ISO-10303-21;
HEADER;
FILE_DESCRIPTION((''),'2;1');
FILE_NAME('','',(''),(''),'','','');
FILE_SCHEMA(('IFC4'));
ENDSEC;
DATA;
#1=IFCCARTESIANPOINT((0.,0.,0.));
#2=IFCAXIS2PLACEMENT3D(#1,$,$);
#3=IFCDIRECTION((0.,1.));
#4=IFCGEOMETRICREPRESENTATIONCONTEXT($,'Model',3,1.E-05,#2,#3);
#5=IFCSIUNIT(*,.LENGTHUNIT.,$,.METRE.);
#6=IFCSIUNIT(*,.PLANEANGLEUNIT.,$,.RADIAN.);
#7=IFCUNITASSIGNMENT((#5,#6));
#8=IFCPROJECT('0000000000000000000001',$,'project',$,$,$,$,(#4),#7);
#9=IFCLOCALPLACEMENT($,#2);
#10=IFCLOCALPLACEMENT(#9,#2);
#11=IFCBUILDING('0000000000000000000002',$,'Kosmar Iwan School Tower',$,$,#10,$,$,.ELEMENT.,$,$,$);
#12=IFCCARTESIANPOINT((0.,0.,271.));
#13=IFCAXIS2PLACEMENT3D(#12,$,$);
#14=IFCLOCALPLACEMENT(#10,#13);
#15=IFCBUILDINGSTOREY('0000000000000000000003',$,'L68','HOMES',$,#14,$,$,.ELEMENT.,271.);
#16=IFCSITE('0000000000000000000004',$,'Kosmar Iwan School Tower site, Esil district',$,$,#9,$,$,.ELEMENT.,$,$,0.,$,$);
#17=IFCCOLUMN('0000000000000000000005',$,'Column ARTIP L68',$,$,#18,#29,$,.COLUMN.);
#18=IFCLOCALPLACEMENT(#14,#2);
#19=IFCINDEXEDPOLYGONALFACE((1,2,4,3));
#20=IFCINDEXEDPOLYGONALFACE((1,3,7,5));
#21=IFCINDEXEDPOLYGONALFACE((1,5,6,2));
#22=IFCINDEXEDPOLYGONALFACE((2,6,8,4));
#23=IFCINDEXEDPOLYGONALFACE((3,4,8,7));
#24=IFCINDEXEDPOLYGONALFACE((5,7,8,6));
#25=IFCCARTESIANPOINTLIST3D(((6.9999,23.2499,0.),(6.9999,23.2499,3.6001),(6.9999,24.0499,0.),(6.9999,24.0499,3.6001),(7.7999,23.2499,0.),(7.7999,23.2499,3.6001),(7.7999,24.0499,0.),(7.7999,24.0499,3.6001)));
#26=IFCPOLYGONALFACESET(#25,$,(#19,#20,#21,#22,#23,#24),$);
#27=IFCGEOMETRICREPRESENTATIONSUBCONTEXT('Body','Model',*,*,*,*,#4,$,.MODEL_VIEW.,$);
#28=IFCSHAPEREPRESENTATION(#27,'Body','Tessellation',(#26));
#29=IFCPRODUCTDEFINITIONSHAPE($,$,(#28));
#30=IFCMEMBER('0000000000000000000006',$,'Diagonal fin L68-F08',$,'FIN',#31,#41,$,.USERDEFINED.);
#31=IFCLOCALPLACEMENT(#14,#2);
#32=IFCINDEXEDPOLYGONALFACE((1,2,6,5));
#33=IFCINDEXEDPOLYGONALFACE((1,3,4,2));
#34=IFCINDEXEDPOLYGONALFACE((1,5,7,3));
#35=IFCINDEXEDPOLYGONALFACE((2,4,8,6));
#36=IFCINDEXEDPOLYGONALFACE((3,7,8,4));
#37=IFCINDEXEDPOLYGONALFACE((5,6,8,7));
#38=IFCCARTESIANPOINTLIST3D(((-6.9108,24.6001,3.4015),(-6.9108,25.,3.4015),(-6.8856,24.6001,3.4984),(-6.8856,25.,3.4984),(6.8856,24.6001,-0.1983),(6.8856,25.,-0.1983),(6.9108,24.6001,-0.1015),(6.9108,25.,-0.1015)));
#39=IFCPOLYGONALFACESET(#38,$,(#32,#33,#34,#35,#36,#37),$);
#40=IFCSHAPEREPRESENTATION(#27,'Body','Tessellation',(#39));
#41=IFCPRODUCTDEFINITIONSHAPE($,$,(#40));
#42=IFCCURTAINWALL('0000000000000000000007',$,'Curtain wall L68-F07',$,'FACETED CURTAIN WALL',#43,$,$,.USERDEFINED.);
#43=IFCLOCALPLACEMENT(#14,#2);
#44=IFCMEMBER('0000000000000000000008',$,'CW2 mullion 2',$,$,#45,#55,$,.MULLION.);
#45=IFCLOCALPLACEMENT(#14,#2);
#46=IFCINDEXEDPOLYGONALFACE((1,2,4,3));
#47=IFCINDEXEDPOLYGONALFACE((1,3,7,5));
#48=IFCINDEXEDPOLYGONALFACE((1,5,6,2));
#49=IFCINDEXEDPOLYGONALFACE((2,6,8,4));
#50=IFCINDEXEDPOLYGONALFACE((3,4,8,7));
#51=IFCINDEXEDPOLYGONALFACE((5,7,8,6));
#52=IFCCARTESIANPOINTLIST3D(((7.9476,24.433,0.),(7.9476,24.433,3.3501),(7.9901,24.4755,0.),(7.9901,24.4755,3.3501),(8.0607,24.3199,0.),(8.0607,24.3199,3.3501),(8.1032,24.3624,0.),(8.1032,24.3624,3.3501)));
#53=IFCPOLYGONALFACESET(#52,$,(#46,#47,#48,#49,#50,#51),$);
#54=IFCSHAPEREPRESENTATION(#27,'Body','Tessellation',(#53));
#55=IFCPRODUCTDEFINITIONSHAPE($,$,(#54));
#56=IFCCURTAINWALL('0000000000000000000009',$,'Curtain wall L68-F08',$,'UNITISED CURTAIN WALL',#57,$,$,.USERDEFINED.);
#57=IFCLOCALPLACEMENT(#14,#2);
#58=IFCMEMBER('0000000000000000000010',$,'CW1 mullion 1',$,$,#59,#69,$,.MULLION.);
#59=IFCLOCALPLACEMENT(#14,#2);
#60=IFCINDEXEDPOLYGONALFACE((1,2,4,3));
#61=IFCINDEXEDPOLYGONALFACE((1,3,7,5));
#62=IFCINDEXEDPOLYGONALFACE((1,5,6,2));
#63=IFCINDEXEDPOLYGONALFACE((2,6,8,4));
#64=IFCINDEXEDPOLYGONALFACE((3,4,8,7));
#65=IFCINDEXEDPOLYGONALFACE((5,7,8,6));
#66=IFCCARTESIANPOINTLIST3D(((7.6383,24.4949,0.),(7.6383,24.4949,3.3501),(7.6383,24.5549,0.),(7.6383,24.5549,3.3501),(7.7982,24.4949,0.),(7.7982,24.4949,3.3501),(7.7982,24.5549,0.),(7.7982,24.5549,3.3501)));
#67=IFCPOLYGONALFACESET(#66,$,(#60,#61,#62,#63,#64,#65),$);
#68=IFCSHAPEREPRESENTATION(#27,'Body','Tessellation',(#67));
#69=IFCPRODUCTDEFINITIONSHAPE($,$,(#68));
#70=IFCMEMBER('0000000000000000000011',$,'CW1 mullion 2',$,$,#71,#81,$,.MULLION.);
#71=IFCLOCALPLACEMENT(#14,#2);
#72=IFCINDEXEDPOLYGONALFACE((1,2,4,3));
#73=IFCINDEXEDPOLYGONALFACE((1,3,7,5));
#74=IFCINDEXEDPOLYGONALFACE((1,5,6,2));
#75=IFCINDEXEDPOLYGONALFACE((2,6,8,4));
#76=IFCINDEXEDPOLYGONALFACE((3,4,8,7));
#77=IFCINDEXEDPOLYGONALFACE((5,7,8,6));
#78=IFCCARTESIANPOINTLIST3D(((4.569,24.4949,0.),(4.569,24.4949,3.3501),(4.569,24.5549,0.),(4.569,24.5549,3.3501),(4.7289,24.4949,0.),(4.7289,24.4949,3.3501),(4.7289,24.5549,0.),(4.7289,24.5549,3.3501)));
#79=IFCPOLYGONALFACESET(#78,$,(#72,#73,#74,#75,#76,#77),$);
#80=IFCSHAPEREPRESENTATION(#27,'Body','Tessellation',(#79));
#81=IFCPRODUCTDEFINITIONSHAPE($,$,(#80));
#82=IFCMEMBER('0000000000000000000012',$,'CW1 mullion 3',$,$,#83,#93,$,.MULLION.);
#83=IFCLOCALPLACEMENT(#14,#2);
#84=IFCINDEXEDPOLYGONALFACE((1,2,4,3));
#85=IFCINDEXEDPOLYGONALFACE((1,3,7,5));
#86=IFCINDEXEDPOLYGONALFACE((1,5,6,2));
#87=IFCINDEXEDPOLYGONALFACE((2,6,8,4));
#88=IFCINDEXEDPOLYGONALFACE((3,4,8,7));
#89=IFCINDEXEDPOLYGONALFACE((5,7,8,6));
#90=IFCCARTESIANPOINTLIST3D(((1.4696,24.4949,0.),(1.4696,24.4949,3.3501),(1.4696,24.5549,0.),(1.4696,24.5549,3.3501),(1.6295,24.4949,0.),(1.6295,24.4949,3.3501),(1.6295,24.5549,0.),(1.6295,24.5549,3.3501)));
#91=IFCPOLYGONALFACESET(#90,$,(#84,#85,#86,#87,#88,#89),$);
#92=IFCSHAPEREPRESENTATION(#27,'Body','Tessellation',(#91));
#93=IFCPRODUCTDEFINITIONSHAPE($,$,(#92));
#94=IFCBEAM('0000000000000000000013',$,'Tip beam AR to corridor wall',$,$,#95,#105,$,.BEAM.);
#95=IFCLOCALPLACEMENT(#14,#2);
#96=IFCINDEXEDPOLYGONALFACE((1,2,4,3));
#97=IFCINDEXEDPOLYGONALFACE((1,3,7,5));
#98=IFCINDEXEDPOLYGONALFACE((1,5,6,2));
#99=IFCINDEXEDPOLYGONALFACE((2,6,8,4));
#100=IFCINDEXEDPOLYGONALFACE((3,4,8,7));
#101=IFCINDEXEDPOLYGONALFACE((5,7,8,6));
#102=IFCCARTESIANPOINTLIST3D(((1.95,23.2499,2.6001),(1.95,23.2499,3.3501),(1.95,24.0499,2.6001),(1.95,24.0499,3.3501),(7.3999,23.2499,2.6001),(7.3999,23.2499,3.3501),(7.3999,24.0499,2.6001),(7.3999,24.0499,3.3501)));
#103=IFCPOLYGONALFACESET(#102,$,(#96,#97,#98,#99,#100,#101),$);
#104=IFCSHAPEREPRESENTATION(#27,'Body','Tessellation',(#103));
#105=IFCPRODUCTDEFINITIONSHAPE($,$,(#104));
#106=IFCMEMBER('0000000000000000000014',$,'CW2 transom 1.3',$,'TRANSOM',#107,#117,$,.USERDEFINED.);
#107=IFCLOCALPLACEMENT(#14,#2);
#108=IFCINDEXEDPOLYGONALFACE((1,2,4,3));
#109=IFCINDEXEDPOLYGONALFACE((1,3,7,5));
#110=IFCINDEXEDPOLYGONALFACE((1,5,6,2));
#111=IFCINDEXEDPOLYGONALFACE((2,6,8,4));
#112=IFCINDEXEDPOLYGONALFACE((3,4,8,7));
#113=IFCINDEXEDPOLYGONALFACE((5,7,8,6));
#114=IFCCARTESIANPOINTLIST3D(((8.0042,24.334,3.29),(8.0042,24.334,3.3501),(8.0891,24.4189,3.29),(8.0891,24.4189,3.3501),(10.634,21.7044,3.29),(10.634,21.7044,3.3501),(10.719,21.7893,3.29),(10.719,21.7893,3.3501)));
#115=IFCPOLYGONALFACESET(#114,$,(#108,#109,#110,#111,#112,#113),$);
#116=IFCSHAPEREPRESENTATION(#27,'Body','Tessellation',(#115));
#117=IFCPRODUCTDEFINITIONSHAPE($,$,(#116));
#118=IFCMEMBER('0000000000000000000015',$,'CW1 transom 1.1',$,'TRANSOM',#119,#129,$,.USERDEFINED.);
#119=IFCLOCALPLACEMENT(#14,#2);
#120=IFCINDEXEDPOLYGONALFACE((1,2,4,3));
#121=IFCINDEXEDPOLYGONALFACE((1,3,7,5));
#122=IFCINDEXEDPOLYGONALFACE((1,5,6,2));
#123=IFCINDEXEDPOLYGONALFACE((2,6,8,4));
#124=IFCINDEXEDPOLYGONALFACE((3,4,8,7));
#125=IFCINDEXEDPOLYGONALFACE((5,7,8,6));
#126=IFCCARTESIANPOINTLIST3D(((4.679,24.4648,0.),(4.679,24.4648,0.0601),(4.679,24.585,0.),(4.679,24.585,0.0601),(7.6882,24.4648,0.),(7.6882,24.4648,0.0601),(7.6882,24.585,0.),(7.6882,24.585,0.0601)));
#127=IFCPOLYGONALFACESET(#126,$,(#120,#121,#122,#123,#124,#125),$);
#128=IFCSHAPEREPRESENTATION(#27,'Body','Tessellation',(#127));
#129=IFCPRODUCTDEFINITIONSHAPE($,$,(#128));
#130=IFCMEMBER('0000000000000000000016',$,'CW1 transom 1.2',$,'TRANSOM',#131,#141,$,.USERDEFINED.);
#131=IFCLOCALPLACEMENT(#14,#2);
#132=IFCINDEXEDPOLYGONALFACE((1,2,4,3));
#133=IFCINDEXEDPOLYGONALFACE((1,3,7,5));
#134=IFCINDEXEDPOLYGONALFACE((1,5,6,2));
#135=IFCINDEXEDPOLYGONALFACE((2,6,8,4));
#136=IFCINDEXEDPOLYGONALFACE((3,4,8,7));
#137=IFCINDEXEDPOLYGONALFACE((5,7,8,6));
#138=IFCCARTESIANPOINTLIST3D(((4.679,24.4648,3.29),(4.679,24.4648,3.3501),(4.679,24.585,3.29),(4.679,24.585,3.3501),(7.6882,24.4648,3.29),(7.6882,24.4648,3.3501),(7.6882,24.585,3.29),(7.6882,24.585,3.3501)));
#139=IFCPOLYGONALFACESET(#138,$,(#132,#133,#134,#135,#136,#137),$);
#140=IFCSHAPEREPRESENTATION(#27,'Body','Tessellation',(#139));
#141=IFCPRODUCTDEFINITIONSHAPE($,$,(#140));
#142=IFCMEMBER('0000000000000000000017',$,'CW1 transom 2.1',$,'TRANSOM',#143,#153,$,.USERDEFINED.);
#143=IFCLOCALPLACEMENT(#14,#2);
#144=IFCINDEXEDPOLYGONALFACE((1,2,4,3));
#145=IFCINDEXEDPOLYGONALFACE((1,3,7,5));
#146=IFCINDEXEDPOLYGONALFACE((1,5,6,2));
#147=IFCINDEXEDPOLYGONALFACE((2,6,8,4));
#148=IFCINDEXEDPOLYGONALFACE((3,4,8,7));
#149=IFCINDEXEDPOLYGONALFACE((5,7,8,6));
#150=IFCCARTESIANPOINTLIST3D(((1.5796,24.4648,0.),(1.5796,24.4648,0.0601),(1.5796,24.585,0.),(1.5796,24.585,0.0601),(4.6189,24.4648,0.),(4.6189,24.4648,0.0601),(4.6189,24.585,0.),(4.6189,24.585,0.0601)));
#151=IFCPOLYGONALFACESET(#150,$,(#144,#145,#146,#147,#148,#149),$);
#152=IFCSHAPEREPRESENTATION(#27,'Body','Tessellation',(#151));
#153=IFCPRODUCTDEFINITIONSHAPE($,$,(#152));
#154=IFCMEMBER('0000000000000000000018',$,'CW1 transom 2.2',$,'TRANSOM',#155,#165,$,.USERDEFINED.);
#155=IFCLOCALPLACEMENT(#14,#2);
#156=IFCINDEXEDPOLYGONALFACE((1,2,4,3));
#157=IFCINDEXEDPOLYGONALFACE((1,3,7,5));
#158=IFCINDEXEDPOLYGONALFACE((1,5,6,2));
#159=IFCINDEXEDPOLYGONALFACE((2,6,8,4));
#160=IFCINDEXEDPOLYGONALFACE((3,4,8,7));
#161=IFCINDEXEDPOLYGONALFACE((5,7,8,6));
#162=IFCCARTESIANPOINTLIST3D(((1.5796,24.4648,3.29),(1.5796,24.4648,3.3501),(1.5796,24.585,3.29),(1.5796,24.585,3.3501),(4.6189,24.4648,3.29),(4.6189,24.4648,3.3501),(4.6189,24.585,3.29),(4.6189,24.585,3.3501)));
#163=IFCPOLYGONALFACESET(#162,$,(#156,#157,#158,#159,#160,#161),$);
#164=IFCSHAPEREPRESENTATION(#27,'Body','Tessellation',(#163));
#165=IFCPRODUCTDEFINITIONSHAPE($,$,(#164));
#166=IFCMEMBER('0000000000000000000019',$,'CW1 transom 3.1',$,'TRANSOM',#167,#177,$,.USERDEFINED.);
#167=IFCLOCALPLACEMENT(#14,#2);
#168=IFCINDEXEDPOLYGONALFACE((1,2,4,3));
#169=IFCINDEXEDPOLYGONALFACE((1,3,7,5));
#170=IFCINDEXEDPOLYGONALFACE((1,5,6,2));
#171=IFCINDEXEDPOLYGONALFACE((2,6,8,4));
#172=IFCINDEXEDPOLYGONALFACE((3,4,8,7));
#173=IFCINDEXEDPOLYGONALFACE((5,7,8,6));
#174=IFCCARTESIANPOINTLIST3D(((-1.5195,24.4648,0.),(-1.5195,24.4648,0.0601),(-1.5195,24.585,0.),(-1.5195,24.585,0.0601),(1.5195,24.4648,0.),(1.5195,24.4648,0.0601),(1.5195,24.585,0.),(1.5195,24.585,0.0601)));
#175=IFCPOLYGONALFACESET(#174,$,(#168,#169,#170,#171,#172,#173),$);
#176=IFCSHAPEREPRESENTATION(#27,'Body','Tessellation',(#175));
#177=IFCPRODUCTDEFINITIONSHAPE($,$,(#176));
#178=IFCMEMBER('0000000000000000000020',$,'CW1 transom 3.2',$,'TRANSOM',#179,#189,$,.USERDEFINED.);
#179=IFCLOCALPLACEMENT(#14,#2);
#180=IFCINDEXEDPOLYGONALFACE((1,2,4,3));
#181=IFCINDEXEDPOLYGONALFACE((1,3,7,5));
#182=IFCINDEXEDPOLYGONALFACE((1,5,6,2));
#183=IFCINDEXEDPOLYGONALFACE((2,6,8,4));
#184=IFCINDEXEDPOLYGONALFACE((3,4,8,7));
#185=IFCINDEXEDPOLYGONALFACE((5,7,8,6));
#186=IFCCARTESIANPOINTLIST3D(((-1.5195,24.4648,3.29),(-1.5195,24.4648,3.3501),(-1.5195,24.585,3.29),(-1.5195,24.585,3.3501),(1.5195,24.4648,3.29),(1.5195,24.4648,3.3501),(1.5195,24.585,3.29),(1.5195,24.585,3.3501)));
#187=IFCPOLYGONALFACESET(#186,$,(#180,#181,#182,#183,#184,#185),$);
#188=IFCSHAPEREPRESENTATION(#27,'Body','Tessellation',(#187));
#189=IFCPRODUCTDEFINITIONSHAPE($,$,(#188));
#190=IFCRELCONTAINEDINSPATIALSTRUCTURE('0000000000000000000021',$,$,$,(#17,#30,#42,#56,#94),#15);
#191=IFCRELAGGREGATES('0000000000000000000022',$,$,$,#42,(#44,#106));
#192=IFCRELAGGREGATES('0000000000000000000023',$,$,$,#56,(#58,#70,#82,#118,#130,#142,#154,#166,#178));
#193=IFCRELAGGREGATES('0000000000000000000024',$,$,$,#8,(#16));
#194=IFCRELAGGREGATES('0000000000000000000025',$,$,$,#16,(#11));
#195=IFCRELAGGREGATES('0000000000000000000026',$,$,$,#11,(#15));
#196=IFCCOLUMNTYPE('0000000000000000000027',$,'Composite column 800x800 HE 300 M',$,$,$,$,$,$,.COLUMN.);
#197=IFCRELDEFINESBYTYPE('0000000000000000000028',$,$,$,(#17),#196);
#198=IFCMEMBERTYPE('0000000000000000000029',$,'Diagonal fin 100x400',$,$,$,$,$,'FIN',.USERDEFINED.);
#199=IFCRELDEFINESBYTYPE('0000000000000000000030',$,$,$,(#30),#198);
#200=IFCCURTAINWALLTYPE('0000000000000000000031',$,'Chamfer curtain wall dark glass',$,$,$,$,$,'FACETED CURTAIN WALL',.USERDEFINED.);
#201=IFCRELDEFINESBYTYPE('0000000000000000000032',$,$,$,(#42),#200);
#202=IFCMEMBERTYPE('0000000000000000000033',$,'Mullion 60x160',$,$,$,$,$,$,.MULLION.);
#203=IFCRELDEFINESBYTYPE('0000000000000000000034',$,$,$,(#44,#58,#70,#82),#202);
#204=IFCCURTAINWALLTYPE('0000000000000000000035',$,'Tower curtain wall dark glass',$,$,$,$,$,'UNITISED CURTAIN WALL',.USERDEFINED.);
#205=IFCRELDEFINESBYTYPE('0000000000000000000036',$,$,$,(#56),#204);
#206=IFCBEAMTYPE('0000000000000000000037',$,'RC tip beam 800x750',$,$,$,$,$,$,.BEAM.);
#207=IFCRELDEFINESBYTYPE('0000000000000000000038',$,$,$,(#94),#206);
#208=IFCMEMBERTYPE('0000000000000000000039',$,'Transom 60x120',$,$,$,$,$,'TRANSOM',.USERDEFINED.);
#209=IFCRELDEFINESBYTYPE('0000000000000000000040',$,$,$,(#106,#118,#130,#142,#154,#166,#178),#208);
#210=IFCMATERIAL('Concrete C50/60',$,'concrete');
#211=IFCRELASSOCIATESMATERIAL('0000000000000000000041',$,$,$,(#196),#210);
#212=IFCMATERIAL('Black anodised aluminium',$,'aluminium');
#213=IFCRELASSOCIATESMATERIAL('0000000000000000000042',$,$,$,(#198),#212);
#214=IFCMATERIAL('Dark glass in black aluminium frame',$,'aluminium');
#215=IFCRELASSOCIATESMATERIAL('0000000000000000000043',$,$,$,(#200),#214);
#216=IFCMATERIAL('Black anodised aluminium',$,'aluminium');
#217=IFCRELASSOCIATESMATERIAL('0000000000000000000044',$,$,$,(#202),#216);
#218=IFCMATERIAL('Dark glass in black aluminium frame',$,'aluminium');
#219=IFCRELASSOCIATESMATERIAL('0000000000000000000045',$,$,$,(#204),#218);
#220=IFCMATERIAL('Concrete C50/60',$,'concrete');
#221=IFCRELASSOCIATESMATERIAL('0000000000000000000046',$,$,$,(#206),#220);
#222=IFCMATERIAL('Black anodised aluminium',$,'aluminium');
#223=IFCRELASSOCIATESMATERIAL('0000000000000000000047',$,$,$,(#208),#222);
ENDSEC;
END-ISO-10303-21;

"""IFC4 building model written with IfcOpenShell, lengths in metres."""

from ifc_helpers import new_model, si_unit, direction, frame, origin, origin_2d, place, context, subcontext, project, spatial, rectangle, extrude, material, material_profile, profile_set, type_object, element, aggregate, save


model = new_model("IFC4")

# Units and contexts
model_context = context("Model", 3, precision=1e-05, world=origin(), true_north=direction((0.0, 1.0)))
body_context = subcontext(model_context, "Body", "Model", "MODEL_VIEW")
ifc_project = project(units=[si_unit("LENGTHUNIT", "METRE"), si_unit("PLANEANGLEUNIT", "RADIAN")], contexts=[model_context])

# Site, building, storey
site_placement = place(None, origin())
site = spatial("IfcSite", under=ifc_project, at=site_placement, Name="Kosmar Iwan School Tower site, Esil district", CompositionType="ELEMENT", RefElevation=0.0)
building_placement = place(site_placement, origin())
building = spatial("IfcBuilding", under=site, at=building_placement, Name="Kosmar Iwan School Tower", CompositionType="ELEMENT")
storey_placement = place(building_placement, frame((0.0, 0.0, 271.0)))
storey = spatial("IfcBuildingStorey", under=building, at=storey_placement, Name="L68", Description="HOMES", CompositionType="ELEMENT", Elevation=271.0)

# Column
ifc_material_1 = material(Name="Concrete C50/60", Category="concrete")
ifc_material_profile_1 = material_profile(ifc_material_1, rectangle(XDim=0.8, YDim=0.8, at=origin_2d()), Name="RC 800x800 + HE 300 M")
ifc_profile_set_1 = profile_set([ifc_material_profile_1], Name="Concrete C50/60")
column_type = type_object("IfcColumnType", Name="Composite column 800x800 HE 300 M", PredefinedType="COLUMN", material=ifc_profile_set_1)
column_placement = place(storey_placement, frame((7.3999, 23.6499, 0.0), z_axis=(0.0, 0.0, 1.0), x_axis=(0.0, 1.0, 0.0)))
element("IfcColumn", 1, at=column_placement, inside=storey, type_object=column_type, Name="Column ARTIP L68", PredefinedType="COLUMN", context=body_context, shape_type="SweptSolid", body=[
    extrude(rectangle(XDim=0.8, YDim=0.8, at=origin_2d()), origin(), (0.0, 0.0, 1.0), 3.6001),
])

# Member
ifc_material_2 = material(Name="Black anodised aluminium", Category="aluminium")
ifc_material_profile_2 = material_profile(ifc_material_2, rectangle(XDim=0.1001, YDim=0.3999, at=origin_2d()), Name="FIN 100x400")
ifc_profile_set_2 = profile_set([ifc_material_profile_2], Name="Black anodised aluminium")
member_type_1 = type_object("IfcMemberType", Name="Diagonal fin 100x400", ElementType="FIN", PredefinedType="USERDEFINED", material=ifc_profile_set_2)
member_1_placement = place(storey_placement, frame((6.8982, 24.8, -0.1499), z_axis=(-0.967604, 0.0, 0.252474), x_axis=(0.252474, 0.0, 0.967604)))
element("IfcMember", 2, at=member_1_placement, inside=storey, type_object=member_type_1, Name="Diagonal fin L68-F08", ObjectType="FIN", PredefinedType="USERDEFINED", context=body_context, shape_type="SweptSolid", body=[
    extrude(rectangle(XDim=0.1001, YDim=0.3999, at=origin_2d()), origin(), (0.0, 0.0, 1.0), 14.2583),
])

# Curtain wall, member
ifc_material_3 = material(Name="Dark glass in black aluminium frame", Category="aluminium")
curtain_wall_type_1 = type_object("IfcCurtainWallType", Name="Chamfer curtain wall dark glass", ElementType="FACETED CURTAIN WALL", PredefinedType="USERDEFINED", material=ifc_material_3)
curtain_wall_1_placement = place(storey_placement, origin())
curtain_wall_1 = element("IfcCurtainWall", 3, at=curtain_wall_1_placement, inside=storey, type_object=curtain_wall_type_1, Name="Curtain wall L68-F07", ObjectType="FACETED CURTAIN WALL", PredefinedType="USERDEFINED")
ifc_material_4 = material(Name="Black anodised aluminium", Category="aluminium")
ifc_material_profile_3 = material_profile(ifc_material_4, rectangle(XDim=0.0601, YDim=0.1599, at=origin_2d()), Name="MULLION 60x160")
ifc_profile_set_3 = profile_set([ifc_material_profile_3], Name="Black anodised aluminium")
member_type_2 = type_object("IfcMemberType", Name="Mullion 60x160", PredefinedType="MULLION", material=ifc_profile_set_3)
member_2_placement = place(storey_placement, frame((8.0254, 24.3977, 0.0), z_axis=(0.0, 0.0, 1.0), x_axis=(-0.707107, -0.707107, 0.0)))
member_2 = element("IfcMember", 4, at=member_2_placement, type_object=member_type_2, Name="CW2 mullion 2", PredefinedType="MULLION", context=body_context, shape_type="SweptSolid", body=[
    extrude(rectangle(XDim=0.0601, YDim=0.1599, at=origin_2d()), origin(), (0.0, 0.0, 1.0), 3.3501),
])

# Curtain wall, members
ifc_material_5 = material(Name="Dark glass in black aluminium frame", Category="aluminium")
curtain_wall_type_2 = type_object("IfcCurtainWallType", Name="Tower curtain wall dark glass", ElementType="UNITISED CURTAIN WALL", PredefinedType="USERDEFINED", material=ifc_material_5)
curtain_wall_2_placement = place(storey_placement, origin())
curtain_wall_2 = element("IfcCurtainWall", 5, at=curtain_wall_2_placement, inside=storey, type_object=curtain_wall_type_2, Name="Curtain wall L68-F08", ObjectType="UNITISED CURTAIN WALL", PredefinedType="USERDEFINED")
member_3_placement = place(storey_placement, frame((7.7183, 24.5249, 0.0), z_axis=(0.0, 0.0, 1.0), x_axis=(0.0, -1.0, 0.0)))
member_3 = element("IfcMember", 6, at=member_3_placement, type_object=member_type_2, Name="CW1 mullion 1", PredefinedType="MULLION", context=body_context, shape_type="SweptSolid", body=[
    extrude(rectangle(XDim=0.0601, YDim=0.1599, at=origin_2d()), origin(), (0.0, 0.0, 1.0), 3.3501),
])
member_4_placement = place(storey_placement, frame((4.6489, 24.5249, 0.0), z_axis=(0.0, 0.0, 1.0), x_axis=(0.0, -1.0, 0.0)))
member_4 = element("IfcMember", 7, at=member_4_placement, type_object=member_type_2, Name="CW1 mullion 2", PredefinedType="MULLION", context=body_context, shape_type="SweptSolid", body=[
    extrude(rectangle(XDim=0.0601, YDim=0.1599, at=origin_2d()), origin(), (0.0, 0.0, 1.0), 3.3501),
])
member_5_placement = place(storey_placement, frame((1.5496, 24.5249, 0.0), z_axis=(0.0, 0.0, 1.0), x_axis=(0.0, -1.0, 0.0)))
member_5 = element("IfcMember", 8, at=member_5_placement, type_object=member_type_2, Name="CW1 mullion 3", PredefinedType="MULLION", context=body_context, shape_type="SweptSolid", body=[
    extrude(rectangle(XDim=0.0601, YDim=0.1599, at=origin_2d()), origin(), (0.0, 0.0, 1.0), 3.3501),
])

# Beam
ifc_material_6 = material(Name="Concrete C50/60", Category="concrete")
ifc_material_profile_4 = material_profile(ifc_material_6, rectangle(XDim=0.8, YDim=0.75, at=origin_2d()), Name="RC 800x750")
ifc_profile_set_4 = profile_set([ifc_material_profile_4], Name="Concrete C50/60")
beam_type = type_object("IfcBeamType", Name="RC tip beam 800x750", PredefinedType="BEAM", material=ifc_profile_set_4)
beam_placement = place(storey_placement, frame((7.3999, 23.6499, 2.9751), z_axis=(-1.0, 0.0, 0.0), x_axis=(0.0, -1.0, 0.0)))
element("IfcBeam", 9, at=beam_placement, inside=storey, type_object=beam_type, Name="Tip beam AR to corridor wall", PredefinedType="BEAM", context=body_context, shape_type="SweptSolid", body=[
    extrude(rectangle(XDim=0.8, YDim=0.75, at=origin_2d()), origin(), (0.0, 0.0, 1.0), 5.45),
])

# Members
ifc_material_7 = material(Name="Black anodised aluminium", Category="aluminium")
ifc_material_profile_5 = material_profile(ifc_material_7, rectangle(XDim=0.1201, YDim=0.0601, at=origin_2d()), Name="TRANSOM 60x120")
ifc_profile_set_5 = profile_set([ifc_material_profile_5], Name="Black anodised aluminium")
member_type_3 = type_object("IfcMemberType", Name="Transom 60x120", ElementType="TRANSOM", PredefinedType="USERDEFINED", material=ifc_profile_set_5)
member_6_placement = place(storey_placement, frame((10.6765, 21.7468, 3.3201), z_axis=(-0.70714, 0.707074, 0.0), x_axis=(-0.707074, -0.70714, 0.0)))
member_6 = element("IfcMember", 10, at=member_6_placement, type_object=member_type_3, Name="CW2 transom 1.3", ObjectType="TRANSOM", PredefinedType="USERDEFINED", context=body_context, shape_type="SweptSolid", body=[
    extrude(rectangle(XDim=0.1201, YDim=0.0601, at=origin_2d()), origin(), (0.0, 0.0, 1.0), 3.719),
])
member_7_placement = place(storey_placement, frame((7.6882, 24.5249, 0.03), z_axis=(-1.0, 0.0, 0.0), x_axis=(0.0, -1.0, 0.0)))
member_7 = element("IfcMember", 11, at=member_7_placement, type_object=member_type_3, Name="CW1 transom 1.1", ObjectType="TRANSOM", PredefinedType="USERDEFINED", context=body_context, shape_type="SweptSolid", body=[
    extrude(rectangle(XDim=0.1201, YDim=0.0601, at=origin_2d()), origin(), (0.0, 0.0, 1.0), 3.0093),
])
member_8_placement = place(storey_placement, frame((7.6882, 24.5249, 3.3201), z_axis=(-1.0, 0.0, 0.0), x_axis=(0.0, -1.0, 0.0)))
member_8 = element("IfcMember", 12, at=member_8_placement, type_object=member_type_3, Name="CW1 transom 1.2", ObjectType="TRANSOM", PredefinedType="USERDEFINED", context=body_context, shape_type="SweptSolid", body=[
    extrude(rectangle(XDim=0.1201, YDim=0.0601, at=origin_2d()), origin(), (0.0, 0.0, 1.0), 3.0093),
])
member_9_placement = place(storey_placement, frame((4.6189, 24.5249, 0.03), z_axis=(-1.0, 0.0, 0.0), x_axis=(0.0, -1.0, 0.0)))
member_9 = element("IfcMember", 13, at=member_9_placement, type_object=member_type_3, Name="CW1 transom 2.1", ObjectType="TRANSOM", PredefinedType="USERDEFINED", context=body_context, shape_type="SweptSolid", body=[
    extrude(rectangle(XDim=0.1201, YDim=0.0601, at=origin_2d()), origin(), (0.0, 0.0, 1.0), 3.0393),
])
member_10_placement = place(storey_placement, frame((4.6189, 24.5249, 3.3201), z_axis=(-1.0, 0.0, 0.0), x_axis=(0.0, -1.0, 0.0)))
member_10 = element("IfcMember", 14, at=member_10_placement, type_object=member_type_3, Name="CW1 transom 2.2", ObjectType="TRANSOM", PredefinedType="USERDEFINED", context=body_context, shape_type="SweptSolid", body=[
    extrude(rectangle(XDim=0.1201, YDim=0.0601, at=origin_2d()), origin(), (0.0, 0.0, 1.0), 3.0393),
])
member_11_placement = place(storey_placement, frame((1.5195, 24.5249, 0.03), z_axis=(-1.0, 0.0, 0.0), x_axis=(0.0, -1.0, 0.0)))
member_11 = element("IfcMember", 15, at=member_11_placement, type_object=member_type_3, Name="CW1 transom 3.1", ObjectType="TRANSOM", PredefinedType="USERDEFINED", context=body_context, shape_type="SweptSolid", body=[
    extrude(rectangle(XDim=0.1201, YDim=0.0601, at=origin_2d()), origin(), (0.0, 0.0, 1.0), 3.0391),
])
member_12_placement = place(storey_placement, frame((1.5195, 24.5249, 3.3201), z_axis=(-1.0, 0.0, 0.0), x_axis=(0.0, -1.0, 0.0)))
member_12 = element("IfcMember", 16, at=member_12_placement, type_object=member_type_3, Name="CW1 transom 3.2", ObjectType="TRANSOM", PredefinedType="USERDEFINED", context=body_context, shape_type="SweptSolid", body=[
    extrude(rectangle(XDim=0.1201, YDim=0.0601, at=origin_2d()), origin(), (0.0, 0.0, 1.0), 3.0391),
])

aggregate(curtain_wall_1, [member_2, member_6])
aggregate(curtain_wall_2, [member_3, member_4, member_5, member_7, member_8, member_9, member_10, member_11, member_12])

save(model, "model.ifc")
